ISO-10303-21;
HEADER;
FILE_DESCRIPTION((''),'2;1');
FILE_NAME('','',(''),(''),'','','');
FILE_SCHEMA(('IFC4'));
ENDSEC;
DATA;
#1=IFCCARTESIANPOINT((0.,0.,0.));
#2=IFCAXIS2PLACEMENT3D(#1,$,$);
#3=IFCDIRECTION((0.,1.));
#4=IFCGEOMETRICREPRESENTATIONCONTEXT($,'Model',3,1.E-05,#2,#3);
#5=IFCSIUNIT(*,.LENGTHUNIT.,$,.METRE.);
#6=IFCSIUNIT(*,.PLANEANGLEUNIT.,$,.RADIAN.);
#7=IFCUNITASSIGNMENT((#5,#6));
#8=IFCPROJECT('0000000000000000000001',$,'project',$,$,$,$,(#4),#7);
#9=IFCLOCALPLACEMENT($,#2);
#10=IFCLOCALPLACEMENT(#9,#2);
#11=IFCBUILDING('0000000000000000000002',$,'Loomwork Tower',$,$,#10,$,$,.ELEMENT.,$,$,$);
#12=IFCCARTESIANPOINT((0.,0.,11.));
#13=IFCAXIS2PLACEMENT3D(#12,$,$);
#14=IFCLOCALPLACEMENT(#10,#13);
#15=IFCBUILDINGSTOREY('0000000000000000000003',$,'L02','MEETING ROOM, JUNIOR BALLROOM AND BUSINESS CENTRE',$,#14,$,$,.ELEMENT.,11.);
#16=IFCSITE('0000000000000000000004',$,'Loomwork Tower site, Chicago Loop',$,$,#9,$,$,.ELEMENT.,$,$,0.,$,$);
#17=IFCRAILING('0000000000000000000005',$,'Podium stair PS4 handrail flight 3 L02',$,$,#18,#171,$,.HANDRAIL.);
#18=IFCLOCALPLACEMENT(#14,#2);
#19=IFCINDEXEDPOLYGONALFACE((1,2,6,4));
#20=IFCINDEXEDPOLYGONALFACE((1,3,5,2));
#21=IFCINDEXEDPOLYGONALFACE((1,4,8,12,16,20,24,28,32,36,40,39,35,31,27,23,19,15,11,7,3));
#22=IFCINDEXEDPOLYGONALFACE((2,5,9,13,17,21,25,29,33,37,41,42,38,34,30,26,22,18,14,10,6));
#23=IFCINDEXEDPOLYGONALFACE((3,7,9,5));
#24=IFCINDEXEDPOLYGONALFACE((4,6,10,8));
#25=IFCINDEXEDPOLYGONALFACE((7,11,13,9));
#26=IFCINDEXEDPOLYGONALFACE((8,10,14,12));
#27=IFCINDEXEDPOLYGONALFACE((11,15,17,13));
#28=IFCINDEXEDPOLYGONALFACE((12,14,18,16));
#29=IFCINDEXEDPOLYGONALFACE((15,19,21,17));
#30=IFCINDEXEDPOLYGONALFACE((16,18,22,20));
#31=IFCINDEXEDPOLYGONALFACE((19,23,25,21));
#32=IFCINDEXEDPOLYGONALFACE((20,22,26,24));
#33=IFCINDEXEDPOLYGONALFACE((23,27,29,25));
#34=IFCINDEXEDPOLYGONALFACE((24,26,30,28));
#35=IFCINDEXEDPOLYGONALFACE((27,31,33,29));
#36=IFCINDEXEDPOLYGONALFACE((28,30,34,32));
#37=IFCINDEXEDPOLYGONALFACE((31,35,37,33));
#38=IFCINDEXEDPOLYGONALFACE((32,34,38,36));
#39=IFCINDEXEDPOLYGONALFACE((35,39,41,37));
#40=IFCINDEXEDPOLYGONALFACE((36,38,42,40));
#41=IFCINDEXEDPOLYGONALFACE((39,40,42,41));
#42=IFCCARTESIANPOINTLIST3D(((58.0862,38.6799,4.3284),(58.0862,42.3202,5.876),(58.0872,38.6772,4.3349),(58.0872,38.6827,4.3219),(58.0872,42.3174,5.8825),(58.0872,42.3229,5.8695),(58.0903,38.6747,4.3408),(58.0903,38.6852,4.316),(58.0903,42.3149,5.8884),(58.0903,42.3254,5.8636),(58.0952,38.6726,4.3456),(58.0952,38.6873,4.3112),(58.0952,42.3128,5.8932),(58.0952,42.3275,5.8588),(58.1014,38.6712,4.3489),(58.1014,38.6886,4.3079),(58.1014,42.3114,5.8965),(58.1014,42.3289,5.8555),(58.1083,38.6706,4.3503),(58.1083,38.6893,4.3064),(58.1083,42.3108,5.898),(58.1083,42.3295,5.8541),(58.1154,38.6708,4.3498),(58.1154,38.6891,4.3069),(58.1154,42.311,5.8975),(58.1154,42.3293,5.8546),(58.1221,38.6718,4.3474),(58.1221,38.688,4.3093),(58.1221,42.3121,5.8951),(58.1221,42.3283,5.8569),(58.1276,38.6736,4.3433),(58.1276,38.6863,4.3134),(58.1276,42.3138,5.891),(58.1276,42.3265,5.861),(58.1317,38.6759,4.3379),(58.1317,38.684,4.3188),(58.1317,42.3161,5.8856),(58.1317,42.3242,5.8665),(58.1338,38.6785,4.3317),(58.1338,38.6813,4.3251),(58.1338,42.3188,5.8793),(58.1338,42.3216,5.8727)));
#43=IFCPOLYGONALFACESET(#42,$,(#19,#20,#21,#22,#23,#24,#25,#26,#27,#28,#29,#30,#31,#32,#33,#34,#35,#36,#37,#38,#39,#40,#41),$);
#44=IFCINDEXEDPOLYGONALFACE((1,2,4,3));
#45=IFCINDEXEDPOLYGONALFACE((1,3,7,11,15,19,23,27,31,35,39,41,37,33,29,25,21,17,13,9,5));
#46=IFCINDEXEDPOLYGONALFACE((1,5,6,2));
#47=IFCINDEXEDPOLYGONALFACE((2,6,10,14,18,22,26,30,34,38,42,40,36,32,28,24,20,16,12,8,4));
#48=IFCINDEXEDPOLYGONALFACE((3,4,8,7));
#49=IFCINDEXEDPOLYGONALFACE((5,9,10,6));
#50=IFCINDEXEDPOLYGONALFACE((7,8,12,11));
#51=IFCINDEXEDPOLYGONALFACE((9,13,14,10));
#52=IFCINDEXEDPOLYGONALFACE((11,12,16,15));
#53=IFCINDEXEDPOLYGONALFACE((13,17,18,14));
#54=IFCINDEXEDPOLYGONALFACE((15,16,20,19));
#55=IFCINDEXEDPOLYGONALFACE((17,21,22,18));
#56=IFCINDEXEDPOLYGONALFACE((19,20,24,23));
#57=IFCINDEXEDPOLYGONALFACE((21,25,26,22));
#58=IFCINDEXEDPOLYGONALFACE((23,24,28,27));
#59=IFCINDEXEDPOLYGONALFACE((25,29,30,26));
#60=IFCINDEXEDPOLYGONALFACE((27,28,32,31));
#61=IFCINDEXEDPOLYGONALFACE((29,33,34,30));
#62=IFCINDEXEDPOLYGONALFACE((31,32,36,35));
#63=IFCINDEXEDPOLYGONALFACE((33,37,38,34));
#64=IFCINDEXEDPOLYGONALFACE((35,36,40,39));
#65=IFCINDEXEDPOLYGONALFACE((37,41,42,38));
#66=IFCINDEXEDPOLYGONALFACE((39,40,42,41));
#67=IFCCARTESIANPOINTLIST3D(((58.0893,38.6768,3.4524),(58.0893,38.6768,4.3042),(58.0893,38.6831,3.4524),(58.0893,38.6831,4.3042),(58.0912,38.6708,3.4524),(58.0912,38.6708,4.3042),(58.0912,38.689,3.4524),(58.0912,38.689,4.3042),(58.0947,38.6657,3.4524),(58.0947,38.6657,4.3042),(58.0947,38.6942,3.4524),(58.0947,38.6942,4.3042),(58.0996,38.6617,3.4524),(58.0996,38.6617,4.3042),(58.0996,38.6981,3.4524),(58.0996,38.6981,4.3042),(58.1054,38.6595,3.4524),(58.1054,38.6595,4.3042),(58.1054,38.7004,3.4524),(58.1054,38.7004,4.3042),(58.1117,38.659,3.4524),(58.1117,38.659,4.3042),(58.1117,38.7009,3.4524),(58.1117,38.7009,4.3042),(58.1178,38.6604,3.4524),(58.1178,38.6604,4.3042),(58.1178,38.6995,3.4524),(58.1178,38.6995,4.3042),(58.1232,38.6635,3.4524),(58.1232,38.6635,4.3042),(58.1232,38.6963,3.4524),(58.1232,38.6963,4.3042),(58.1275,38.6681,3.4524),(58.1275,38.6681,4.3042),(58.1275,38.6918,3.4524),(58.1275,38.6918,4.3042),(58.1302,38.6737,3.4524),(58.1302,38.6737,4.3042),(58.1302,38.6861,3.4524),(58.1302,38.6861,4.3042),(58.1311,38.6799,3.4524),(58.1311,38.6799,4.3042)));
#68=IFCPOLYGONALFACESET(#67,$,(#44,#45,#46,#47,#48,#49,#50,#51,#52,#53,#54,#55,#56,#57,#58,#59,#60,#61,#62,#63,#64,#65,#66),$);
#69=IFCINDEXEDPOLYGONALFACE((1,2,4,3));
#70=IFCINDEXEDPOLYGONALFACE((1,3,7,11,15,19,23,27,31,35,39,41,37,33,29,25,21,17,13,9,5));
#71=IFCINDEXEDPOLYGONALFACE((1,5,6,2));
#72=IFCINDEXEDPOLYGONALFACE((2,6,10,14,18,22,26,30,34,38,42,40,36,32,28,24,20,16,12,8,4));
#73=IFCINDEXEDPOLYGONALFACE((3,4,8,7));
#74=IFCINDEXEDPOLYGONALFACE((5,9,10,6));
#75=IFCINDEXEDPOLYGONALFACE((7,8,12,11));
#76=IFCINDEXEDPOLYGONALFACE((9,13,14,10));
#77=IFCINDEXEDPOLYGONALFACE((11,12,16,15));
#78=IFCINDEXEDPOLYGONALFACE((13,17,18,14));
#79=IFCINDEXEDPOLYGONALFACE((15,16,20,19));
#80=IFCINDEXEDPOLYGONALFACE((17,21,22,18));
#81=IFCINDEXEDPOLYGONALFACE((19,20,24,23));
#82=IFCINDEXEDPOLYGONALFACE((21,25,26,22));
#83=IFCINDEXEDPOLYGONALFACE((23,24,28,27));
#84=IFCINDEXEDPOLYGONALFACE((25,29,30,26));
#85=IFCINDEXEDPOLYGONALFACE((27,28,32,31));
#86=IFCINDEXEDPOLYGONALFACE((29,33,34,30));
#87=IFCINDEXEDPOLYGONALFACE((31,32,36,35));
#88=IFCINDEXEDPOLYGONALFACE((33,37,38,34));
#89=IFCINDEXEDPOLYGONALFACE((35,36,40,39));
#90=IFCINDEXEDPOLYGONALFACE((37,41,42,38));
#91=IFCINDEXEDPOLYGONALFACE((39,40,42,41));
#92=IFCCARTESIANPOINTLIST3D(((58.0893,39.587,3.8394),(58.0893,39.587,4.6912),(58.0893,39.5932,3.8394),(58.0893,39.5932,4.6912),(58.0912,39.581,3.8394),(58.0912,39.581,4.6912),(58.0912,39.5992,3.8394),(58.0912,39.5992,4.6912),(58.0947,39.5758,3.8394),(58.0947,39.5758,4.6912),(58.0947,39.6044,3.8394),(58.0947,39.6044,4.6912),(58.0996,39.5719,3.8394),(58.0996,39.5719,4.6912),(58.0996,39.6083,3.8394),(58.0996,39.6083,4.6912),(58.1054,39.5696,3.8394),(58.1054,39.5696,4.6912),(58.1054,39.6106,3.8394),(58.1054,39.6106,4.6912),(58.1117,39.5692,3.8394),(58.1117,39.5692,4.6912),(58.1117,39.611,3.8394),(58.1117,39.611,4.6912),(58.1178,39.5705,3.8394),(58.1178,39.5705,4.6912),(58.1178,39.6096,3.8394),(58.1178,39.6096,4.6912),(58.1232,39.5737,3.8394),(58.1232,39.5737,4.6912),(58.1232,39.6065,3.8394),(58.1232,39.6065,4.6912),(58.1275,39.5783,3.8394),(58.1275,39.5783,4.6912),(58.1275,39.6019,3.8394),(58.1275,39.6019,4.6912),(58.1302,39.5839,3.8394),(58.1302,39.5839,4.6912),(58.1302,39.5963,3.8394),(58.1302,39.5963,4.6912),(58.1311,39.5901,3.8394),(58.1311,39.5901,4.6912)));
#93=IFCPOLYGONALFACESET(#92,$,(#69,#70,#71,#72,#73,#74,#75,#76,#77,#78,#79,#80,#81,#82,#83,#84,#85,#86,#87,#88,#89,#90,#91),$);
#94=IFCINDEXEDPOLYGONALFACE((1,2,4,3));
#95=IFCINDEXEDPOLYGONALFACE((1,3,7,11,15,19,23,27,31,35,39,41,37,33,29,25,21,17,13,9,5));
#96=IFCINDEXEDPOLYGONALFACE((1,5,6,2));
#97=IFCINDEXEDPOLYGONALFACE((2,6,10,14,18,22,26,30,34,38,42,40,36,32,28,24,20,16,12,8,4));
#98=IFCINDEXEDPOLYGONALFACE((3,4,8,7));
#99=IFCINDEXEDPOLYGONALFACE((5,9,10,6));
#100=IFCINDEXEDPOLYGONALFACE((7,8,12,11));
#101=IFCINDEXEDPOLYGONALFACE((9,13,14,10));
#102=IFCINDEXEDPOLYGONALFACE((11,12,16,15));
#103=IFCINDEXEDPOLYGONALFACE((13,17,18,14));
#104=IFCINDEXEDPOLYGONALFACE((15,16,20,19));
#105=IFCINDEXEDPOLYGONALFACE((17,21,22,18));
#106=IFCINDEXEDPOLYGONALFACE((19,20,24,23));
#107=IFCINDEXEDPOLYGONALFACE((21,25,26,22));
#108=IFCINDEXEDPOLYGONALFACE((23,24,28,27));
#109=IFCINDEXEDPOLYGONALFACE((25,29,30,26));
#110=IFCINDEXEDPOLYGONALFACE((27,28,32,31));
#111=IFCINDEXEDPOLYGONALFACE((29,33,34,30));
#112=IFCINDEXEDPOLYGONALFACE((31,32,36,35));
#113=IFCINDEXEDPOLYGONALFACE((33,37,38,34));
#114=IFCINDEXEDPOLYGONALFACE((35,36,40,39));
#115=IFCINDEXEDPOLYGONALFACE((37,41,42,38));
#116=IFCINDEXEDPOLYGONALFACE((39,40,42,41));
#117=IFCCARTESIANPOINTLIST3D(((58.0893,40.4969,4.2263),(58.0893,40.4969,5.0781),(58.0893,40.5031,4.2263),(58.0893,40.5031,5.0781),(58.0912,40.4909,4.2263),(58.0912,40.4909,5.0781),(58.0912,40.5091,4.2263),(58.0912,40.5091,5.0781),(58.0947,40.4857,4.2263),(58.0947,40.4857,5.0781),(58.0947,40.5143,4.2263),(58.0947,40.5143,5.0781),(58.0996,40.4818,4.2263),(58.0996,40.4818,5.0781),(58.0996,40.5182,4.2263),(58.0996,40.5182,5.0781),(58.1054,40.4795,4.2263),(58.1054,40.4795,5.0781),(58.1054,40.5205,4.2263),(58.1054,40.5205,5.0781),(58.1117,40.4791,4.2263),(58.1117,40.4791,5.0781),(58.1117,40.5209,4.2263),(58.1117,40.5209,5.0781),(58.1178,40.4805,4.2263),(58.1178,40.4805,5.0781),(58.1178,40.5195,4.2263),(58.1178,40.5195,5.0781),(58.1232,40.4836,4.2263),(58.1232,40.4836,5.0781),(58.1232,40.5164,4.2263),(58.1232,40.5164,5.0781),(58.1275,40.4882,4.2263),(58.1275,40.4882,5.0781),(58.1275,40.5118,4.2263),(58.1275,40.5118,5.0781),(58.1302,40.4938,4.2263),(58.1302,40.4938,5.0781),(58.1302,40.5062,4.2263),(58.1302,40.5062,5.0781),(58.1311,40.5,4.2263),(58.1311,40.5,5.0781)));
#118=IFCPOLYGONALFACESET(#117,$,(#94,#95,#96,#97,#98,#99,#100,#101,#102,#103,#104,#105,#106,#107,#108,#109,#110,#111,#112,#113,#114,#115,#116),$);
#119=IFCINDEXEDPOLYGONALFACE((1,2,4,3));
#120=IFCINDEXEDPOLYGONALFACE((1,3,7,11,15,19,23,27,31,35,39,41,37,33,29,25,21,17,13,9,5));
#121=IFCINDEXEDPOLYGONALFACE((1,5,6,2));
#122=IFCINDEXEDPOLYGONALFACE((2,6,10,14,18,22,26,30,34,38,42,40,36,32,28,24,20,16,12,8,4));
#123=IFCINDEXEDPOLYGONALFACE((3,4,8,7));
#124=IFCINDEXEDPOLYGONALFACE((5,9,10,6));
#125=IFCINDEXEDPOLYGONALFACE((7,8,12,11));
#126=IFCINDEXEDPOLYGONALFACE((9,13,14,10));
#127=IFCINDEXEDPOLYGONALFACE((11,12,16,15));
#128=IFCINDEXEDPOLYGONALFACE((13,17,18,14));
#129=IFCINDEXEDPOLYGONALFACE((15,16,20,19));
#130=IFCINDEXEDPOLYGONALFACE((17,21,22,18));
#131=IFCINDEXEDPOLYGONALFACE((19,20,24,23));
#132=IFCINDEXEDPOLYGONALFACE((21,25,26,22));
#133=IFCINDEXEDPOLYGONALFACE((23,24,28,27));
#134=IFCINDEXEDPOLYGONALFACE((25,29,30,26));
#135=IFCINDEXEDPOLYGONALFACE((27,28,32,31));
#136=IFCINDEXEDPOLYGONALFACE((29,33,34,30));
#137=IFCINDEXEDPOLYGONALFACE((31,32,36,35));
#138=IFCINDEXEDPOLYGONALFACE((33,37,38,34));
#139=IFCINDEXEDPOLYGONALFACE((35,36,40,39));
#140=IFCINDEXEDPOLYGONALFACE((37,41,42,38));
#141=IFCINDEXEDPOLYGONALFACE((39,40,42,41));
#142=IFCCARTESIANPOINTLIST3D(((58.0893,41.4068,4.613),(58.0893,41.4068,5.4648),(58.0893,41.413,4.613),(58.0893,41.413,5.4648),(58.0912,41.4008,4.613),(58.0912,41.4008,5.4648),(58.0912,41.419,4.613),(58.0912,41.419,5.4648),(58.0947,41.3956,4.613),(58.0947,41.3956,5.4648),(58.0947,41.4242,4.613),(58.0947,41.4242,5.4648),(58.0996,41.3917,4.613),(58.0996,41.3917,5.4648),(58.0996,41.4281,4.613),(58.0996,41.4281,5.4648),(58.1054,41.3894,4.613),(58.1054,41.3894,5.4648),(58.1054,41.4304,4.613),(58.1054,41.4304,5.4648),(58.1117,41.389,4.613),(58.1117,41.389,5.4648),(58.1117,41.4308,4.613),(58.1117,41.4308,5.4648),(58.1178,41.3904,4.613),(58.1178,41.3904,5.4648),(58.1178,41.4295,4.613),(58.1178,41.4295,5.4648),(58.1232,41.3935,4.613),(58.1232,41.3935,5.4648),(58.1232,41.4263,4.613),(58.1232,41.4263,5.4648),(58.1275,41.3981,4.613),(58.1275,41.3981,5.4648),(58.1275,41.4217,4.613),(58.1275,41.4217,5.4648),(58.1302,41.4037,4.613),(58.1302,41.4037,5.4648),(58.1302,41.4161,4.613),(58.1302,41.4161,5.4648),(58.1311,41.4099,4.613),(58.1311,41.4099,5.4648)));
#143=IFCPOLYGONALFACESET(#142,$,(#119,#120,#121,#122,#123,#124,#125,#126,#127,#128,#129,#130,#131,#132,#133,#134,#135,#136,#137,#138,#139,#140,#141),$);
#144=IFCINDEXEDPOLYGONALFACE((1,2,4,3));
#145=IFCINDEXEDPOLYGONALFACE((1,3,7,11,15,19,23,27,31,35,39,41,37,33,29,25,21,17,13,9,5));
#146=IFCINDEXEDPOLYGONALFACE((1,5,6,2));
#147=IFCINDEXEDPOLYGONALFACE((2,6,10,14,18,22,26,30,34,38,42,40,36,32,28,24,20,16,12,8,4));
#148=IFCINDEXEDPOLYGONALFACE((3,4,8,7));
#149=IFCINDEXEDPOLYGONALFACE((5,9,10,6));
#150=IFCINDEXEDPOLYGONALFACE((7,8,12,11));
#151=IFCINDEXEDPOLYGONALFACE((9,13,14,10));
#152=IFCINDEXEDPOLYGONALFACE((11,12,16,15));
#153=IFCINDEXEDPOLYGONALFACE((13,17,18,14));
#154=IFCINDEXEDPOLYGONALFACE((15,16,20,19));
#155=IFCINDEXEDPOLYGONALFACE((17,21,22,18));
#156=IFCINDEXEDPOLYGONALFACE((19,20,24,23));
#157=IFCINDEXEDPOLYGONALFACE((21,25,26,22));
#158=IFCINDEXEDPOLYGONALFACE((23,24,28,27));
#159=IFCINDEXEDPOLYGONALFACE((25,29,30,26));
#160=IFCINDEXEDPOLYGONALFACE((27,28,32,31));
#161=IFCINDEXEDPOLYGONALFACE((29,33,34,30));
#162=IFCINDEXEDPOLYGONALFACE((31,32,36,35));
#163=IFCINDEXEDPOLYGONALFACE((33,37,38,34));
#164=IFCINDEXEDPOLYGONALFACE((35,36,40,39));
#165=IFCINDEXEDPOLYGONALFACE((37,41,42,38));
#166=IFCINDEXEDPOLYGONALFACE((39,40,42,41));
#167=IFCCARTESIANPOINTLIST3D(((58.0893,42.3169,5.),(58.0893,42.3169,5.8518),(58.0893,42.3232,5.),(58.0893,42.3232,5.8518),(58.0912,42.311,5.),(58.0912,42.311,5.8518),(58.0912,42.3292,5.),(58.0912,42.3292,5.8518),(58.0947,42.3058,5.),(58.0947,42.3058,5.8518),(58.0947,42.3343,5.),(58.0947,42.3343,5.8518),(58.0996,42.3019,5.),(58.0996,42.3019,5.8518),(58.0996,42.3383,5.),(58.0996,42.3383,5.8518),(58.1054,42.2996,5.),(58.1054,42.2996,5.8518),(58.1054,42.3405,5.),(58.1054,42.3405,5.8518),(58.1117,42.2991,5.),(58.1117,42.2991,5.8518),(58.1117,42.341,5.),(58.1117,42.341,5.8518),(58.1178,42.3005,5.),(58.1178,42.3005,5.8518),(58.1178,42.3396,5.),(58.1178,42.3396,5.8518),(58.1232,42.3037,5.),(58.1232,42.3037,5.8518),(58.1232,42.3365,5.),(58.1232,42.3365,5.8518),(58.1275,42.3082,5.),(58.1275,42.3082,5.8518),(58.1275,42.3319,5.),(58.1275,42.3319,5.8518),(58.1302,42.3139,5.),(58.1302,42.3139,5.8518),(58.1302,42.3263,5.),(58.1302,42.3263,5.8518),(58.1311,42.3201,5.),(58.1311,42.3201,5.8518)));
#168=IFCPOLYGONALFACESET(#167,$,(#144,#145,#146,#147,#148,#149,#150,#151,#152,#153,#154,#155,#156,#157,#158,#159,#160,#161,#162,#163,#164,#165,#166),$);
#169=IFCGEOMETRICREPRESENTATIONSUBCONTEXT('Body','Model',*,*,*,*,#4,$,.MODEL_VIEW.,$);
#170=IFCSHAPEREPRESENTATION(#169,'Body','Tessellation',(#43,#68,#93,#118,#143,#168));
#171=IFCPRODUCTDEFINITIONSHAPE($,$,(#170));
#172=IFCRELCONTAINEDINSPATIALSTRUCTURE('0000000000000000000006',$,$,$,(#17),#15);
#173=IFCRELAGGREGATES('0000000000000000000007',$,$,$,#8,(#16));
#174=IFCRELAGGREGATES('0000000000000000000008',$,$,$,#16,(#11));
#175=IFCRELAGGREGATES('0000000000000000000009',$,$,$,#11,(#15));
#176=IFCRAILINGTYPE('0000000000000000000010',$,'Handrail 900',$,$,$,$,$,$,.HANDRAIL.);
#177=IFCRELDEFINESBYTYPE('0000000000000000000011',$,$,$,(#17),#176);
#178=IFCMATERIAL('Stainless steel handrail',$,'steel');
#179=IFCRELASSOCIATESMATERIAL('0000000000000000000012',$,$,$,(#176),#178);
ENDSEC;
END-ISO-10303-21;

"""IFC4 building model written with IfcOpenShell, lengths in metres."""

from ifc_helpers import new_model, si_unit, direction, frame, origin, origin_2d, place, context, subcontext, project, spatial, circle, extrude, material, type_object, element, save


model = new_model("IFC4")

# Units and contexts
model_context = context("Model", 3, precision=1e-05, world=origin(), true_north=direction((0.0, 1.0)))
body_context = subcontext(model_context, "Body", "Model", "MODEL_VIEW")
ifc_project = project(units=[si_unit("LENGTHUNIT", "METRE"), si_unit("PLANEANGLEUNIT", "RADIAN")], contexts=[model_context])

# Site, building, storey
site_placement = place(None, origin())
site = spatial("IfcSite", under=ifc_project, at=site_placement, Name="Loomwork Tower site, Chicago Loop", CompositionType="ELEMENT", RefElevation=0.0)
building_placement = place(site_placement, origin())
building = spatial("IfcBuilding", under=site, at=building_placement, Name="Loomwork Tower", CompositionType="ELEMENT")
storey_placement = place(building_placement, frame((0.0, 0.0, 11.0)))
storey = spatial("IfcBuildingStorey", under=building, at=storey_placement, Name="L02", Description="MEETING ROOM, JUNIOR BALLROOM AND BUSINESS CENTRE", CompositionType="ELEMENT", Elevation=11.0)

# Railing
ifc_material_1 = material(Name="Stainless steel handrail", Category="steel")
railing_type = type_object("IfcRailingType", Name="Handrail 900", PredefinedType="HANDRAIL", material=ifc_material_1)
railing_1_placement = place(storey_placement, frame((58.1101, 38.6799, 3.4524)))
element("IfcRailing", 1, at=railing_1_placement, inside=storey, type_object=railing_type, Name="Podium stair PS4 handrail flight 3 L02", PredefinedType="HANDRAIL", context=body_context, shape_type="SweptSolid", body=[
    extrude(circle(Radius=0.0239, at=origin_2d()), frame((0.0, 0.0, 0.876), z_axis=(0.0, 0.920281, 0.391258), x_axis=(-1.0, 0.0, 0.0)), (0.0, 0.0, 1.0), 3.9556),
    extrude(circle(Radius=0.021, at=origin_2d()), origin(), (0.0, 0.0, 1.0), 0.8518),
    extrude(circle(Radius=0.021, at=origin_2d()), frame((0.0, 0.9102, 0.387)), (0.0, 0.0, 1.0), 0.8518),
    extrude(circle(Radius=0.021, at=origin_2d()), frame((0.0, 1.8201, 0.7739)), (0.0, 0.0, 1.0), 0.8518),
    extrude(circle(Radius=0.021, at=origin_2d()), frame((0.0, 2.73, 1.1606)), (0.0, 0.0, 1.0), 0.8518),
    extrude(circle(Radius=0.021, at=origin_2d()), frame((0.0, 3.6401, 1.5476)), (0.0, 0.0, 1.0), 0.8518),
])

save(model, "model.ifc")
